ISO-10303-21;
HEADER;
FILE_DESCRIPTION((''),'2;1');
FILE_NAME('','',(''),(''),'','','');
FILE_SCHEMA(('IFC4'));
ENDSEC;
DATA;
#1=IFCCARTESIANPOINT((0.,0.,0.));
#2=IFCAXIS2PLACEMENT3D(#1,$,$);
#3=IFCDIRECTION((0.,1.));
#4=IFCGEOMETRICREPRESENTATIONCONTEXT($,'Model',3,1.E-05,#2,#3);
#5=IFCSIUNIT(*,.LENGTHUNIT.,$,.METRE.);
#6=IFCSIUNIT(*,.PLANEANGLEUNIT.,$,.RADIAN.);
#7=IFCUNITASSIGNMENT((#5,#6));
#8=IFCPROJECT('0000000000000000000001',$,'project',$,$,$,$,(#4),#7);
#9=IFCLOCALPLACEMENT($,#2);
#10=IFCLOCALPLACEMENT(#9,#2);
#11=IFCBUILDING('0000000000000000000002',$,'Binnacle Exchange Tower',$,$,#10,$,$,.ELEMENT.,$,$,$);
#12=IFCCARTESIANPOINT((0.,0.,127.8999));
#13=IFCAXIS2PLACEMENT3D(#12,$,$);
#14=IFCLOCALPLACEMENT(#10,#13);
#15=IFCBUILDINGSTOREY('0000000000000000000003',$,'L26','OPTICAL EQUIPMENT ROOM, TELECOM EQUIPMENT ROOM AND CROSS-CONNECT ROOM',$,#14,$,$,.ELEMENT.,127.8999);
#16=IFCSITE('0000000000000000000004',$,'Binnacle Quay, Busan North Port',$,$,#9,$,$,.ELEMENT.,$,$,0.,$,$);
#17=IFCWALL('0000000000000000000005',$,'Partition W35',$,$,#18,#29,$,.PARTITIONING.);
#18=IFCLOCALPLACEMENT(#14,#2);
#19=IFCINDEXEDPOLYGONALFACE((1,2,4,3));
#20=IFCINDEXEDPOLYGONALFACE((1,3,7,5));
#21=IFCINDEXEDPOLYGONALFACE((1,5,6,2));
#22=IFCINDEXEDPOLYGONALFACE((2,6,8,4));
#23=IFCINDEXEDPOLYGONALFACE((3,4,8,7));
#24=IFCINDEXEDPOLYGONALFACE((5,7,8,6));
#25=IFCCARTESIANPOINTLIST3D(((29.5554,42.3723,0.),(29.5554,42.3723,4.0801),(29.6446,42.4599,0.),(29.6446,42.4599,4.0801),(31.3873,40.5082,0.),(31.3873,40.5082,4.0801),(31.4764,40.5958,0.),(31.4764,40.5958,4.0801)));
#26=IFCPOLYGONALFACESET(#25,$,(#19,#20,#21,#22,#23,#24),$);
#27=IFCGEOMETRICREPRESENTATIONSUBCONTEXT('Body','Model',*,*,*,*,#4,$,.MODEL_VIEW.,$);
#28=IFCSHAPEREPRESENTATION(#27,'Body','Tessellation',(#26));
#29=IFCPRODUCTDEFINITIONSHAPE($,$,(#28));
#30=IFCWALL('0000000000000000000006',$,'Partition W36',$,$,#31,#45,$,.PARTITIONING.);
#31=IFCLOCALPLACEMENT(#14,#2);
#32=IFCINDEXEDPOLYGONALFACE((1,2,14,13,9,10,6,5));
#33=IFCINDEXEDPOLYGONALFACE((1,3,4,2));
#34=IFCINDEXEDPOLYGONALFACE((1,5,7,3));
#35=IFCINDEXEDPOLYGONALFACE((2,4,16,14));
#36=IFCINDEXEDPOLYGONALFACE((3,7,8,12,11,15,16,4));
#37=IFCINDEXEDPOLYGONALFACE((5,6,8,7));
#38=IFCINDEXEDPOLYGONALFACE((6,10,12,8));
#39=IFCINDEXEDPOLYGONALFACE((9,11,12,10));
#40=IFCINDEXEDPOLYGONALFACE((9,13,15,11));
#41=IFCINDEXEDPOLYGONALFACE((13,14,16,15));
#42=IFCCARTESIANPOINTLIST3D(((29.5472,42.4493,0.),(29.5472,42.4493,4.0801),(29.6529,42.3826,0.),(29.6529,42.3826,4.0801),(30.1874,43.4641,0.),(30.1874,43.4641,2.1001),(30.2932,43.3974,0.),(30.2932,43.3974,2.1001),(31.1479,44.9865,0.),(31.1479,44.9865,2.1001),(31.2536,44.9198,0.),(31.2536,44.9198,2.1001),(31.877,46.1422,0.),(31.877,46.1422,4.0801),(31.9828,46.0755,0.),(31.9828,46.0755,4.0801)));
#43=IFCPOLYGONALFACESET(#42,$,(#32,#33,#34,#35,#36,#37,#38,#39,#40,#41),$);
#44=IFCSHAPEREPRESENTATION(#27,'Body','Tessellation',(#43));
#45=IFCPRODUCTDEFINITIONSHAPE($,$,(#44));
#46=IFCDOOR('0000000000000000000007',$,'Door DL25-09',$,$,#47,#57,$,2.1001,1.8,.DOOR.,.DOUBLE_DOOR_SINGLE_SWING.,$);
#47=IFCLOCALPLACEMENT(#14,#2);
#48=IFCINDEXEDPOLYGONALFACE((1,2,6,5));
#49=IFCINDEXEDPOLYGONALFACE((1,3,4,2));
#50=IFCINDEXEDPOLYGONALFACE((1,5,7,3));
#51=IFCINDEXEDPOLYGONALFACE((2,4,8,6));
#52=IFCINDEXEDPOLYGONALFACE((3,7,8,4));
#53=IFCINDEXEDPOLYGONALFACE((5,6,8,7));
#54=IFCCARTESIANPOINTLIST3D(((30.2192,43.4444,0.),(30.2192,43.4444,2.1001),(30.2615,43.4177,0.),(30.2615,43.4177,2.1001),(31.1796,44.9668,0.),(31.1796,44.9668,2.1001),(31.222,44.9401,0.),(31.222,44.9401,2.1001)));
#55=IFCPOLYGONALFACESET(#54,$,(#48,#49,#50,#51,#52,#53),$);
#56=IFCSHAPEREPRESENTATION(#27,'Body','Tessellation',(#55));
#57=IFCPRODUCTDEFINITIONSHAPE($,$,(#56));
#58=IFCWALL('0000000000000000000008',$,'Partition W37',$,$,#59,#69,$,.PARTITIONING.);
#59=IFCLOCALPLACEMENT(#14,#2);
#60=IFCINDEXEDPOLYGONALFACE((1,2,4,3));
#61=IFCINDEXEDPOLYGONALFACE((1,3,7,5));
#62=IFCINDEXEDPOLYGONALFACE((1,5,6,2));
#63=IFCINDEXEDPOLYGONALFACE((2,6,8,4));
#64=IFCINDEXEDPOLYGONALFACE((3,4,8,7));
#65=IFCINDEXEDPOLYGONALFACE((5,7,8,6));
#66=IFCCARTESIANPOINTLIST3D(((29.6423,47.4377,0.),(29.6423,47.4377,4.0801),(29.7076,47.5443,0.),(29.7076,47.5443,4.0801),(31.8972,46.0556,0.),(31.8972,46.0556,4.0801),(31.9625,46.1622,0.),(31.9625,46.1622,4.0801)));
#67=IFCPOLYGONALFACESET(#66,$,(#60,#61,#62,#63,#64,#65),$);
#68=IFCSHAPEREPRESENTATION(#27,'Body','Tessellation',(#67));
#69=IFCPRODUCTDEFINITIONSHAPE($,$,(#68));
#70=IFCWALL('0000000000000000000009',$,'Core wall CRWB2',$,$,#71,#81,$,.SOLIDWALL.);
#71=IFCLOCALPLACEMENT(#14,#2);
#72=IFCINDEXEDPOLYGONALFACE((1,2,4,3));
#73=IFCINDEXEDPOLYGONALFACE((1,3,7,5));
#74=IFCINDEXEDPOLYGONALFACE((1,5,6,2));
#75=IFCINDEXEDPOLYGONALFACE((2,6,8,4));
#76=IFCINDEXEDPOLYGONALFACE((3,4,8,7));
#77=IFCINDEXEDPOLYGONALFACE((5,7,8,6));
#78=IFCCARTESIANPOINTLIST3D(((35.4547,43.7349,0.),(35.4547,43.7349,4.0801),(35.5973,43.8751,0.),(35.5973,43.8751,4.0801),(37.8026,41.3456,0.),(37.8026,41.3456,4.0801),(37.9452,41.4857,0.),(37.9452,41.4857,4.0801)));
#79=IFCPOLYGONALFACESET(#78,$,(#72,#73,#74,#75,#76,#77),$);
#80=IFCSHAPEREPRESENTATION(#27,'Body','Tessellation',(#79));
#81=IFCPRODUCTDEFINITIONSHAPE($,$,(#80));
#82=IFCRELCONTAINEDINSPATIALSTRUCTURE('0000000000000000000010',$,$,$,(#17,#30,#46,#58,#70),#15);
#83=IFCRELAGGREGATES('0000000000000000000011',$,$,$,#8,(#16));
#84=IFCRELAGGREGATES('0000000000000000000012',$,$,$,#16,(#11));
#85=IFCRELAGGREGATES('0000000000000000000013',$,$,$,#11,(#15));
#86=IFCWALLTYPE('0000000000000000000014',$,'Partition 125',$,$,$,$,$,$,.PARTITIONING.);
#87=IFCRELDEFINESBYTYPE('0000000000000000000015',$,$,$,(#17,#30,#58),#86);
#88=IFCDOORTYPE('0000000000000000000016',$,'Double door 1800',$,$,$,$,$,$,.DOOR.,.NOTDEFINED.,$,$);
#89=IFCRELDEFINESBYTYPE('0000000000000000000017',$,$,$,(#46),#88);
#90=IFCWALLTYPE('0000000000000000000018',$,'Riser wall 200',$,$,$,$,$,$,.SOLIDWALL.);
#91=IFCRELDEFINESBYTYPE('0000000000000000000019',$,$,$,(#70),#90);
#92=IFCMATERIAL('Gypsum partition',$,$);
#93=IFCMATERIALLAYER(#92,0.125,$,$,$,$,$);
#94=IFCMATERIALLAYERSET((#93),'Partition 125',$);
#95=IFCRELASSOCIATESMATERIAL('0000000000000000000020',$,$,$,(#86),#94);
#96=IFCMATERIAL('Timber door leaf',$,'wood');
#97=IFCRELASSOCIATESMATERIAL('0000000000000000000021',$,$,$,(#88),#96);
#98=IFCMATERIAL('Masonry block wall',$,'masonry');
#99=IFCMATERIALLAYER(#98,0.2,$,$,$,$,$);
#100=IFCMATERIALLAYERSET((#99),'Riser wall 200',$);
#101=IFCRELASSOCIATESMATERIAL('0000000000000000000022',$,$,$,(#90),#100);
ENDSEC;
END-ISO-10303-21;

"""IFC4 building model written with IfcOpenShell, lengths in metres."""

from ifc_helpers import new_model, si_unit, direction, frame, frame_2d, origin, place, context, subcontext, project, spatial, rectangle, extrude, material, layer, layer_set, type_object, element, fill, save


model = new_model("IFC4")

# Units and contexts
model_context = context("Model", 3, precision=1e-05, world=origin(), true_north=direction((0.0, 1.0)))
body_context = subcontext(model_context, "Body", "Model", "MODEL_VIEW")
ifc_project = project(units=[si_unit("LENGTHUNIT", "METRE"), si_unit("PLANEANGLEUNIT", "RADIAN")], contexts=[model_context])

# Site, building, storey
site_placement = place(None, origin())
site = spatial("IfcSite", under=ifc_project, at=site_placement, Name="Binnacle Quay, Busan North Port", CompositionType="ELEMENT", RefElevation=0.0)
building_placement = place(site_placement, origin())
building = spatial("IfcBuilding", under=site, at=building_placement, Name="Binnacle Exchange Tower", CompositionType="ELEMENT")
storey_placement = place(building_placement, frame((0.0, 0.0, 127.8999)))
storey = spatial("IfcBuildingStorey", under=building, at=storey_placement, Name="L26", Description="OPTICAL EQUIPMENT ROOM, TELECOM EQUIPMENT ROOM AND CROSS-CONNECT ROOM", CompositionType="ELEMENT", Elevation=127.8999)

# Shared definitions
ifc_material_1 = material(Name="Gypsum partition")
ifc_layer_1 = layer(ifc_material_1, 0.125)
ifc_layer_set_1 = layer_set([ifc_layer_1], Name="Partition 125")
wall_type_1 = type_object("IfcWallType", Name="Partition 125", PredefinedType="PARTITIONING", material=ifc_layer_set_1)

# Shared definitions
ifc_material_2 = material(Name="Timber door leaf", Category="wood")

# Wall
wall_1_placement = place(storey_placement, frame((29.6001, 42.416, 0.0), z_axis=(0.0, 0.0, 1.0), x_axis=(0.700914, -0.713245, 0.0)))
element("IfcWall", 1, at=wall_1_placement, inside=storey, type_object=wall_type_1, Name="Partition W35", PredefinedType="PARTITIONING", context=body_context, shape_type="SweptSolid", body=[
    extrude(rectangle(XDim=2.6135, YDim=0.125, at=frame_2d((1.3066, 0.0))), origin(), (0.0, 0.0, 1.0), 4.0801),
])

# Wall, opening, door
wall_2_placement = place(storey_placement, frame((29.6001, 42.416, 0.0), z_axis=(0.0, 0.0, 1.0), x_axis=(0.533583, 0.845748, 0.0)))
wall_2 = element("IfcWall", 2, at=wall_2_placement, inside=storey, type_object=wall_type_1, Name="Partition W36", PredefinedType="PARTITIONING", context=body_context, shape_type="SweptSolid", body=[
    extrude(rectangle(XDim=4.3665, YDim=0.125, at=frame_2d((2.1831, 0.0))), origin(), (0.0, 0.0, 1.0), 4.0801),
])
opening_1_placement = place(wall_2_placement, frame((1.2, 0.0, 0.0)))
opening_1 = element("IfcOpeningElement", 3, at=opening_1_placement, cuts=wall_2, PredefinedType="OPENING", context=body_context, shape_type="SweptSolid", body=[
    extrude(rectangle(XDim=1.8, YDim=2.1001, at=frame_2d((0.8999, 1.05))), frame((0.0, 0.0725, 0.0), z_axis=(0.0, -1.0, 0.0), x_axis=(1.0, 0.0, 0.0)), (0.0, 0.0, 1.0), 0.145),
])
door_type_1 = type_object("IfcDoorType", Name="Double door 1800", OperationType="NOTDEFINED", PredefinedType="DOOR", material=ifc_material_2)
door_1_placement = place(opening_1_placement, frame((1.8, 0.0, 0.0), z_axis=(0.0, 0.0, 1.0), x_axis=(-1.0, 0.0, 0.0)))
door_1 = element("IfcDoor", 4, at=door_1_placement, inside=storey, type_object=door_type_1, Name="Door DL25-09", OperationType="DOUBLE_DOOR_SINGLE_SWING", OverallHeight=2.1001, OverallWidth=1.8, PredefinedType="DOOR", context=body_context, shape_type="SweptSolid", body=[
    extrude(rectangle(XDim=1.8, YDim=2.1001, at=frame_2d((0.8999, 1.05))), frame((0.0, 0.0249, 0.0), z_axis=(0.0, -1.0, 0.0), x_axis=(1.0, 0.0, 0.0)), (0.0, 0.0, 1.0), 0.05),
])
fill(opening_1, door_1)

# Walls
wall_3_placement = place(storey_placement, frame((29.675, 47.491, 0.0), z_axis=(0.0, 0.0, 1.0), x_axis=(0.852592, -0.522577, 0.0)))
element("IfcWall", 5, at=wall_3_placement, inside=storey, type_object=wall_type_1, Name="Partition W37", PredefinedType="PARTITIONING", context=body_context, shape_type="SweptSolid", body=[
    extrude(rectangle(XDim=2.6448, YDim=0.125, at=frame_2d((1.3223, 0.0))), origin(), (0.0, 0.0, 1.0), 4.0801),
])
ifc_material_3 = material(Name="Masonry block wall", Category="masonry")
ifc_layer_2 = layer(ifc_material_3, 0.2)
ifc_layer_set_2 = layer_set([ifc_layer_2], Name="Riser wall 200")
wall_type_2 = type_object("IfcWallType", Name="Riser wall 200", PredefinedType="SOLIDWALL", material=ifc_layer_set_2)
wall_4_placement = place(storey_placement, frame((35.5261, 43.8049, 0.0), z_axis=(0.0, 0.0, 1.0), x_axis=(0.700885, -0.713274, 0.0)))
element("IfcWall", 6, at=wall_4_placement, inside=storey, type_object=wall_type_2, Name="Core wall CRWB2", PredefinedType="SOLIDWALL", context=body_context, shape_type="SweptSolid", body=[
    extrude(rectangle(XDim=3.3499, YDim=0.2, at=frame_2d((1.6748, 0.0))), origin(), (0.0, 0.0, 1.0), 4.0801),
])

save(model, "model.ifc")
